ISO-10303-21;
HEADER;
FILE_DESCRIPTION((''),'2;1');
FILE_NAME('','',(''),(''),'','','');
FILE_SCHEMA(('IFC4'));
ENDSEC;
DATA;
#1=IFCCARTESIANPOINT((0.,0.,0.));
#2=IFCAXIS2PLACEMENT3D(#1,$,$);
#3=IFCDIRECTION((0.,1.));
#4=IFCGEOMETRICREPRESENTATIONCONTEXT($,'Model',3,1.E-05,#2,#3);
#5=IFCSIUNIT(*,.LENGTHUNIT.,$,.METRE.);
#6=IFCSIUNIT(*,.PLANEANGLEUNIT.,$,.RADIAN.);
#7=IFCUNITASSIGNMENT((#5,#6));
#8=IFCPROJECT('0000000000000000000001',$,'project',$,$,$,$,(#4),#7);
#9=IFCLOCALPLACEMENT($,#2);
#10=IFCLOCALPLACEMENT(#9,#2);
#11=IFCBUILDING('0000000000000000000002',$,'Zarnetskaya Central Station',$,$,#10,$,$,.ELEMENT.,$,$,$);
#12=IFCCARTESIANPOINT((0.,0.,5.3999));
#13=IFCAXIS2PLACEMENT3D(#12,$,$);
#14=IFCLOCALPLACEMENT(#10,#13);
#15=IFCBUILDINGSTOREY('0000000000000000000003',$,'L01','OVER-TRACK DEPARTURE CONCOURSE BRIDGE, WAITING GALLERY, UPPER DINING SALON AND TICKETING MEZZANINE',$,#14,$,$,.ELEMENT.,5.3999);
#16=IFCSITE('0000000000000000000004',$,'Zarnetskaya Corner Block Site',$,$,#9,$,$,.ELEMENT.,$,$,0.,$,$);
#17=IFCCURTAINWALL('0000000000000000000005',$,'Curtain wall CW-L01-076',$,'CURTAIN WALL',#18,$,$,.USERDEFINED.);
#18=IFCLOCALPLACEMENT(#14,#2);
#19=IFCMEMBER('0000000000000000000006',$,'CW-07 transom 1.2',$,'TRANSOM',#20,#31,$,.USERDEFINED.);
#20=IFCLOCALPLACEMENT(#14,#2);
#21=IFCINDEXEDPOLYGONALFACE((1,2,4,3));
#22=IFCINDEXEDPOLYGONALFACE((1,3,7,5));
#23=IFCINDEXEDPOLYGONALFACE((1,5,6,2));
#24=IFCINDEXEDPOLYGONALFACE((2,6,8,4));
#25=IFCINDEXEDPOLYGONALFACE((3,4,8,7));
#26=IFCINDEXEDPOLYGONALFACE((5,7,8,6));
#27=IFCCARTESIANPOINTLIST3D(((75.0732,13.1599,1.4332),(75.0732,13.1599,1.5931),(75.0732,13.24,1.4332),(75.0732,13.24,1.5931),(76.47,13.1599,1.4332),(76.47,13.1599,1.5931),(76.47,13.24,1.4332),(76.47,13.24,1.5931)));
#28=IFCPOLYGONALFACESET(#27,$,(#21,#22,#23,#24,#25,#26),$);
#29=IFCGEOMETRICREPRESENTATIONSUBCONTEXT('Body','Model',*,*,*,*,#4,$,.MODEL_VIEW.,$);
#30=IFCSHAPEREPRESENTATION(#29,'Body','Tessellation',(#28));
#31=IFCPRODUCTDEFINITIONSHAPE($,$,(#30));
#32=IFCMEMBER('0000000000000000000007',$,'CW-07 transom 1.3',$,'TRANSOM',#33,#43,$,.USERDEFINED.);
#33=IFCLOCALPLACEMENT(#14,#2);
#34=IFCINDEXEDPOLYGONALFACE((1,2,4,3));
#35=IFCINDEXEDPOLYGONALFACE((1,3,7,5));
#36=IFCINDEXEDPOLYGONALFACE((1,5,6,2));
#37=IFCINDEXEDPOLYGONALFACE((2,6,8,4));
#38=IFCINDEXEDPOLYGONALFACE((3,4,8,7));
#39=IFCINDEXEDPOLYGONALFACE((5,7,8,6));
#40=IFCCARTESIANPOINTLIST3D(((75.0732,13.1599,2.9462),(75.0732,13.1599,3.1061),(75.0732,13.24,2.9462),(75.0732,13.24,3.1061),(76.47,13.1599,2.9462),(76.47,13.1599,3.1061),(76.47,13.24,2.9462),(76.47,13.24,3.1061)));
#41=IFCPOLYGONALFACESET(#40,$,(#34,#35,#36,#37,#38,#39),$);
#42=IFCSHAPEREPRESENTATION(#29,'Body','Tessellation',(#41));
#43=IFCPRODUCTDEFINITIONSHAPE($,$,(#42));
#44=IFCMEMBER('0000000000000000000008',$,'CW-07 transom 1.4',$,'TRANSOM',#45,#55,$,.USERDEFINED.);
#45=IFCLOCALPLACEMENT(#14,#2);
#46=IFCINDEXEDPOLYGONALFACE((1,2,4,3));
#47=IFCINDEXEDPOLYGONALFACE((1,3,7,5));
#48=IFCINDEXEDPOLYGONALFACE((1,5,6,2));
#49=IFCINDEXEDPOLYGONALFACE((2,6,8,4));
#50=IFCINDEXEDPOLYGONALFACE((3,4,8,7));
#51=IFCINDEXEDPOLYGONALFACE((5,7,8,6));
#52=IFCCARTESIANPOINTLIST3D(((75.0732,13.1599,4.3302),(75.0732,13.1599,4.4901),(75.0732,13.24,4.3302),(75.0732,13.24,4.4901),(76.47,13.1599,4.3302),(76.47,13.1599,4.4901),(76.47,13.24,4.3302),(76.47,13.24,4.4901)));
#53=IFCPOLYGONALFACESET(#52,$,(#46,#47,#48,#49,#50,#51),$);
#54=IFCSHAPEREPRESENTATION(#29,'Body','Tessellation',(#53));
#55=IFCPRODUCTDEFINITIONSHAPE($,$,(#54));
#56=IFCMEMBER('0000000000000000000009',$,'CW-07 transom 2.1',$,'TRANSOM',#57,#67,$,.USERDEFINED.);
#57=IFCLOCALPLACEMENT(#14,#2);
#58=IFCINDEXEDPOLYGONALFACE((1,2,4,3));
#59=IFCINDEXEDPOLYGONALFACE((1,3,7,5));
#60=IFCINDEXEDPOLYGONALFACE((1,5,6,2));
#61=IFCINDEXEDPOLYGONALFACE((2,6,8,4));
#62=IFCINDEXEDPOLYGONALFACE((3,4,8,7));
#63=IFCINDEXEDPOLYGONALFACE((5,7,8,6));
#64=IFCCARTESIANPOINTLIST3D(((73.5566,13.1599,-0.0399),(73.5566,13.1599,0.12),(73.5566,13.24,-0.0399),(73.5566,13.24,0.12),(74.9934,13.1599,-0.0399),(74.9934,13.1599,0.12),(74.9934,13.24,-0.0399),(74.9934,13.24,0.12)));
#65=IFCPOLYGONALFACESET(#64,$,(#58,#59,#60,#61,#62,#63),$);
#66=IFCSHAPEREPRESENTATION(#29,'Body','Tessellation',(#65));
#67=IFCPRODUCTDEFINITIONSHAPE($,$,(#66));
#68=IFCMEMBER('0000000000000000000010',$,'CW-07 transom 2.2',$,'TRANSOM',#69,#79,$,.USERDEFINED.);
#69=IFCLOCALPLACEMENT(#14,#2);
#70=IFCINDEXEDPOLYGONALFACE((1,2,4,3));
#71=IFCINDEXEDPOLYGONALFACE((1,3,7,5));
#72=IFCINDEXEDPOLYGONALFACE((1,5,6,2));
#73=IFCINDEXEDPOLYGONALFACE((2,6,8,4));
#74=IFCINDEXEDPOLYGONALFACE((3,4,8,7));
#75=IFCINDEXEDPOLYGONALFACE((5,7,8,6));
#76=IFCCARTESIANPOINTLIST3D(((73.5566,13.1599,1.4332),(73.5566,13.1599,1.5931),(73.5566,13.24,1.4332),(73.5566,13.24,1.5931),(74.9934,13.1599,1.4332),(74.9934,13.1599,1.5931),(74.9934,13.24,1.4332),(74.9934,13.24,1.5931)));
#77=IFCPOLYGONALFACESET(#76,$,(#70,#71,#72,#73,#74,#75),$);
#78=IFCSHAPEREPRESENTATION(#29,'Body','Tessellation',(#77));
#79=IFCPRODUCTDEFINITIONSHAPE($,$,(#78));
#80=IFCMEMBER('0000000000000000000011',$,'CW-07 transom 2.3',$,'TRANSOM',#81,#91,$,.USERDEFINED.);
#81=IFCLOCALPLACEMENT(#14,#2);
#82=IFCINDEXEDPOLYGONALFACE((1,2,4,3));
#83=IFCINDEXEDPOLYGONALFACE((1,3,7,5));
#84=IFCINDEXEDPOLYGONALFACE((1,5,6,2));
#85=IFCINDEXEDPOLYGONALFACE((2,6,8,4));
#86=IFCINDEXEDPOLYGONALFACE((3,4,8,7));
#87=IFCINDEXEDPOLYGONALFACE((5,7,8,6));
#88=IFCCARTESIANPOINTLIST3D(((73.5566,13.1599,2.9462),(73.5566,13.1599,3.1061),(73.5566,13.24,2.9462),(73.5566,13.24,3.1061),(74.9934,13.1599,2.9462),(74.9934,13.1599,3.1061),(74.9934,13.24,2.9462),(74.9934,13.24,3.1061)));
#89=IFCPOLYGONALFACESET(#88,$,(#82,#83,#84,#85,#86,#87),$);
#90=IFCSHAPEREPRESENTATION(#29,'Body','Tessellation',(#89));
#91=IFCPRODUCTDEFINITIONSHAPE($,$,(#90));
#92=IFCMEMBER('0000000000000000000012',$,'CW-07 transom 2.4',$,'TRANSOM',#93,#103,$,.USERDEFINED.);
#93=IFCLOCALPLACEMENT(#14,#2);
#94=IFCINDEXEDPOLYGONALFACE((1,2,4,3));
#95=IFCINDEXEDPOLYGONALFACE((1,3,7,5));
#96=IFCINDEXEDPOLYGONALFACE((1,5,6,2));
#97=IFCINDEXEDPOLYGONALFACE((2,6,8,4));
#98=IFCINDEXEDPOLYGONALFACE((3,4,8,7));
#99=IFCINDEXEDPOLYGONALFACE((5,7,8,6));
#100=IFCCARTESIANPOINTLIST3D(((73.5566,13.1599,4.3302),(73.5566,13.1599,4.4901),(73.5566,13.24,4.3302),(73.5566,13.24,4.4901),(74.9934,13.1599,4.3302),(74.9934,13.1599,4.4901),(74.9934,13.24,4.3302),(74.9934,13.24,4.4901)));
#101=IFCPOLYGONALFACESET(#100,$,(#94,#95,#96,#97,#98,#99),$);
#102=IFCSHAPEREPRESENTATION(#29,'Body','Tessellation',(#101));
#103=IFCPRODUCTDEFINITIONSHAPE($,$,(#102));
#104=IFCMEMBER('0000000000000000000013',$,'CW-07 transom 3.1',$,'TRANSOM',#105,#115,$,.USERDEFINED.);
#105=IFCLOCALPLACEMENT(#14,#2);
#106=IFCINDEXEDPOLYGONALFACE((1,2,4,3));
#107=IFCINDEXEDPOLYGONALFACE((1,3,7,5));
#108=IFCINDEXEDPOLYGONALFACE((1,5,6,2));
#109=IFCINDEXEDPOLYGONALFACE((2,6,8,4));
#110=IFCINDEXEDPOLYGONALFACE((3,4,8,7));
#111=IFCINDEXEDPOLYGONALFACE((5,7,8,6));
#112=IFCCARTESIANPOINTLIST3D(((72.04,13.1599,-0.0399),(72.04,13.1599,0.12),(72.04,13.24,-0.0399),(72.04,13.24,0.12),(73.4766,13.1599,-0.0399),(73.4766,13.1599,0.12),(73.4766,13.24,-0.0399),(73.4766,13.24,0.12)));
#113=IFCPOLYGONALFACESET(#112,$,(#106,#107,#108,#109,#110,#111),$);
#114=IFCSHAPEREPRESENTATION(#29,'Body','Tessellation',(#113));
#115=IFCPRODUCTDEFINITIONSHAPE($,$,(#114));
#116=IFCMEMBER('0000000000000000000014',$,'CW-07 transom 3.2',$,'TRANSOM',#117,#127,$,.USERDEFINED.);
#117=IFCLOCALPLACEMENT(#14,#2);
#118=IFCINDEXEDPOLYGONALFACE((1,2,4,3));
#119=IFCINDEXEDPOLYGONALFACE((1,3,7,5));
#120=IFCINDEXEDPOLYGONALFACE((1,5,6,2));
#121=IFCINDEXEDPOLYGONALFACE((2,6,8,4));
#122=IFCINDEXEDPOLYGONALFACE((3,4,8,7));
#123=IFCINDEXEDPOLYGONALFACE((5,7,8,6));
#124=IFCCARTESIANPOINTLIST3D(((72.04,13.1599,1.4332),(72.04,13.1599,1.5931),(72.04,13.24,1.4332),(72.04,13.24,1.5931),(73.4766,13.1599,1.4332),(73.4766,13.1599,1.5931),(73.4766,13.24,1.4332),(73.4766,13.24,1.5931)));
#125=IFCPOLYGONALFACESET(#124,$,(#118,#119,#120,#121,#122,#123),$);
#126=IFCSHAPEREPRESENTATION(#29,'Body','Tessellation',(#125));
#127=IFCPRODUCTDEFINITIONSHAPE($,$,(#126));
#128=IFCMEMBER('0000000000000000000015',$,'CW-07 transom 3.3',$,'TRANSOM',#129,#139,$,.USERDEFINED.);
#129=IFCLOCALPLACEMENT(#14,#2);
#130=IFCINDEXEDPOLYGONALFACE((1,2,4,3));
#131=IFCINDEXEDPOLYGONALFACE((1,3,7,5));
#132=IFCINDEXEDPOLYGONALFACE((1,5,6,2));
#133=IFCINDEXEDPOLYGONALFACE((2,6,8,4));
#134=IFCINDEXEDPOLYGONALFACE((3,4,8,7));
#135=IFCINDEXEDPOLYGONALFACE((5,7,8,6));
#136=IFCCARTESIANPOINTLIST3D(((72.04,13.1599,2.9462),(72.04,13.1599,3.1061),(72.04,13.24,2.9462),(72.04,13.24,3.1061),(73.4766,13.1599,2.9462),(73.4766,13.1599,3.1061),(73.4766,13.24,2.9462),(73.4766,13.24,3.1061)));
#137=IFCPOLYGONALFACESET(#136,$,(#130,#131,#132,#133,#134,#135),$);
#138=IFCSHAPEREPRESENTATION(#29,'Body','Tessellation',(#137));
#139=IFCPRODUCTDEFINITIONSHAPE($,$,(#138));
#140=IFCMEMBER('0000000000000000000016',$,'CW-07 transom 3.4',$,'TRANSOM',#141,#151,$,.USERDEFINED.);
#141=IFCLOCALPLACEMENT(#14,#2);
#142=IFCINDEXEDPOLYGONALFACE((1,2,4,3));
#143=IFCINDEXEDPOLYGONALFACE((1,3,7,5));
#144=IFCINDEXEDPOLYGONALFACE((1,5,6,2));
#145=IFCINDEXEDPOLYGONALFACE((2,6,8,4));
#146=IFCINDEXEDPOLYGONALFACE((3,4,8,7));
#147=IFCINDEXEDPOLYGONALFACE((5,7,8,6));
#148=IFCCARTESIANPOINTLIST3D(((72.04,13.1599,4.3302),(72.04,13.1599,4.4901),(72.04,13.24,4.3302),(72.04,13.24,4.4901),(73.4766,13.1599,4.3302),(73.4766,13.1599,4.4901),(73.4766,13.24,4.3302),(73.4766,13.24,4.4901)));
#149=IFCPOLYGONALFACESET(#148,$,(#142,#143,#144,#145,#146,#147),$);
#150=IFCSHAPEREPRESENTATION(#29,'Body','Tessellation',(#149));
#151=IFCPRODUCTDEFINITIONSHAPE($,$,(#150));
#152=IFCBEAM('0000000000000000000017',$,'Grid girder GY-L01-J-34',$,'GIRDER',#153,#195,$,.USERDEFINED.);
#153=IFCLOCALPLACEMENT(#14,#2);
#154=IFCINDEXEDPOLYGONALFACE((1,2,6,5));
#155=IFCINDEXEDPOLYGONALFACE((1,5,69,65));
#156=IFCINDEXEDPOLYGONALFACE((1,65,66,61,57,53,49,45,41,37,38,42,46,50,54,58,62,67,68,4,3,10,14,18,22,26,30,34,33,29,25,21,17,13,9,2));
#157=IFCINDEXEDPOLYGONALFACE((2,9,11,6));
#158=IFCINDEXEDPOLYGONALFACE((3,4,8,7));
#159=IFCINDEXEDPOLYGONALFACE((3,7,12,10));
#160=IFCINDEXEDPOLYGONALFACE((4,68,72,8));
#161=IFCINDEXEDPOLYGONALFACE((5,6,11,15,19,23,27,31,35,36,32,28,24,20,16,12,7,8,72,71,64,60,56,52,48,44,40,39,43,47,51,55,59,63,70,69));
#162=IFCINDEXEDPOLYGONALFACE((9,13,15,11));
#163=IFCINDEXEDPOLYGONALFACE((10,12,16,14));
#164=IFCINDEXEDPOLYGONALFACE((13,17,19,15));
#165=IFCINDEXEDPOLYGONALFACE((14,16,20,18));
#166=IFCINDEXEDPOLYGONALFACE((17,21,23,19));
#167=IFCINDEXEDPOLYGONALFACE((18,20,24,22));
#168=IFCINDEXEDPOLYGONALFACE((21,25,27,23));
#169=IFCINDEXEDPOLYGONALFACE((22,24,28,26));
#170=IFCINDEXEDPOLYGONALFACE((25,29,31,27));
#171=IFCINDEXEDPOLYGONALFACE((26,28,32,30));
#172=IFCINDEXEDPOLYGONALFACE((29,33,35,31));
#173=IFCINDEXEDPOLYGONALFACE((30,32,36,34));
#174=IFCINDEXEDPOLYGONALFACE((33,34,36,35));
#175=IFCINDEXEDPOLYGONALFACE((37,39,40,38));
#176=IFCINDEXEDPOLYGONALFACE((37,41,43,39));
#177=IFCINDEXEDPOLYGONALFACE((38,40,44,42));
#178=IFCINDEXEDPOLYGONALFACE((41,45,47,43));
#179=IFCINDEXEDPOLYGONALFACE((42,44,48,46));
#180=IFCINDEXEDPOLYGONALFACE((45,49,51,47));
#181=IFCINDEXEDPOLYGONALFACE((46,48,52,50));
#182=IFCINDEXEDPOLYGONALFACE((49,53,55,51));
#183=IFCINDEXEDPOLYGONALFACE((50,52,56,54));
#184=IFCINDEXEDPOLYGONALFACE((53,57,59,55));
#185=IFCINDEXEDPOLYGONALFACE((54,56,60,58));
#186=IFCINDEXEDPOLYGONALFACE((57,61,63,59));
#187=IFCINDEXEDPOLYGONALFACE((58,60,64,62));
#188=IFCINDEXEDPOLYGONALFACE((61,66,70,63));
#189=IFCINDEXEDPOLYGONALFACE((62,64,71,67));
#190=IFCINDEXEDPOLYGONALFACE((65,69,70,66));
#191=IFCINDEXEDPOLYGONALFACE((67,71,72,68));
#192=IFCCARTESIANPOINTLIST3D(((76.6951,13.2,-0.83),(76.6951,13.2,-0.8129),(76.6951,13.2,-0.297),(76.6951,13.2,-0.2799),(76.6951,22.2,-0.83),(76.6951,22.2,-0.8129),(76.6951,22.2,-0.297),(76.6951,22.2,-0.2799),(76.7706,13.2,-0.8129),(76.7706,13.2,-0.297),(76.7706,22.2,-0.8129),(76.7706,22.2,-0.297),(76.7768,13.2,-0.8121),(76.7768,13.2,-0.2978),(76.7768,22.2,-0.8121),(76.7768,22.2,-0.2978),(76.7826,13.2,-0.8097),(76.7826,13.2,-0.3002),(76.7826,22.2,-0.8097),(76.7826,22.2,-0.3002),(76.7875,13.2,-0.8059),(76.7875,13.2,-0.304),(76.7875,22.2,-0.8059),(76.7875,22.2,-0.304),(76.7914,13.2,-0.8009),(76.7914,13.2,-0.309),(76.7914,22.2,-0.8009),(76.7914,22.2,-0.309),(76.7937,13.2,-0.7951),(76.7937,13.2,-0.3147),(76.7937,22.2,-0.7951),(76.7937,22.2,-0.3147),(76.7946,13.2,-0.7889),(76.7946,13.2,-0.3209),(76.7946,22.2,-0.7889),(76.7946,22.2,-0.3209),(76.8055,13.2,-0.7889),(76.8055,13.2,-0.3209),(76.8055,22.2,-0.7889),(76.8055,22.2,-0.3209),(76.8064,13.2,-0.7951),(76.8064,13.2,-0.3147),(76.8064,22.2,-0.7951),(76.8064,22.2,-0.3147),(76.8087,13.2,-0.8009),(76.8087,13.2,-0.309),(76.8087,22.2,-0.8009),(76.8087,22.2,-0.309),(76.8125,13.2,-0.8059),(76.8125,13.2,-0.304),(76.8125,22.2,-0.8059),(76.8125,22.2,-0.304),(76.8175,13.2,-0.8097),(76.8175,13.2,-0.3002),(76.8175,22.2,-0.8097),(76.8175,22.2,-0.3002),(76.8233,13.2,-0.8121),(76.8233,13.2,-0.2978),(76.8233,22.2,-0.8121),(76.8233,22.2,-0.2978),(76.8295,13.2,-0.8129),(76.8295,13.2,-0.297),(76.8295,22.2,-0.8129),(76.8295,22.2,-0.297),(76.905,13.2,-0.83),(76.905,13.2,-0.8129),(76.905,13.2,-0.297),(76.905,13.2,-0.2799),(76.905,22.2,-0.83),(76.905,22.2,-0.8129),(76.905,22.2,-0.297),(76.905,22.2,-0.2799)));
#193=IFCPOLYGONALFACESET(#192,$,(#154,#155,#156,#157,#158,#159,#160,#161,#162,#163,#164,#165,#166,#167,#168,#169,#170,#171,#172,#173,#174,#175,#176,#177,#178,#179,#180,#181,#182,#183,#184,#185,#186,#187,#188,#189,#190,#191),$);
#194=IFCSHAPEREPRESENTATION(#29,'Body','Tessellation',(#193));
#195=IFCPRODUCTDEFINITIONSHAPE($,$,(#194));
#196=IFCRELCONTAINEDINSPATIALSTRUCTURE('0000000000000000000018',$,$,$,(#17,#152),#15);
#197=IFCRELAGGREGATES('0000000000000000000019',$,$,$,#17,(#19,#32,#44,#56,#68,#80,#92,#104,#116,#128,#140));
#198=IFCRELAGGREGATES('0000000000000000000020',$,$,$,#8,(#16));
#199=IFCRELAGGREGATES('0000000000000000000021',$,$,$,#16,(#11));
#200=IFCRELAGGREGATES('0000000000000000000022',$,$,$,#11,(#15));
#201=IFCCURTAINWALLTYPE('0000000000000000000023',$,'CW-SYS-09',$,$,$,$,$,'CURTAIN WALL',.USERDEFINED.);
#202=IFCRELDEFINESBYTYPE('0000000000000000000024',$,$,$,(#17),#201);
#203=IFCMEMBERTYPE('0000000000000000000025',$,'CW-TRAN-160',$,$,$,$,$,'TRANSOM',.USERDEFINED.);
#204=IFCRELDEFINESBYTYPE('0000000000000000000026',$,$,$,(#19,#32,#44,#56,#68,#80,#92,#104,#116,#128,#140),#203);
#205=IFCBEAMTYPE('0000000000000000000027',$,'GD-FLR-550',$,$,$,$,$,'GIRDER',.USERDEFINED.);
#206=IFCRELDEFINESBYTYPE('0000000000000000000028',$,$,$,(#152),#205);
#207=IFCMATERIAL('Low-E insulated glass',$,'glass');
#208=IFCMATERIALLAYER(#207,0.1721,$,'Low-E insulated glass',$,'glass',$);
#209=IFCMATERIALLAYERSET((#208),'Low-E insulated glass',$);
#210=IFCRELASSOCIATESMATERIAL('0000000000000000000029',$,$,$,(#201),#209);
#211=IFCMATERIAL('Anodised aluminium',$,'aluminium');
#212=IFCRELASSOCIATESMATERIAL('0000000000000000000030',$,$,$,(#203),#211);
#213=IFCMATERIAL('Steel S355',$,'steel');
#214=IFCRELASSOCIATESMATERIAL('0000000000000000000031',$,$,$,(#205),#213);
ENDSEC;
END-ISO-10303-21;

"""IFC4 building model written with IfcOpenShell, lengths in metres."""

from ifc_helpers import new_model, si_unit, direction, frame, origin, origin_2d, place, context, subcontext, project, spatial, rectangle, i_section, extrude, material, layer, layer_set, material_profile, profile_set, type_object, element, aggregate, save


model = new_model("IFC4")

# Units and contexts
model_context = context("Model", 3, precision=1e-05, world=origin(), true_north=direction((0.0, 1.0)))
body_context = subcontext(model_context, "Body", "Model", "MODEL_VIEW")
ifc_project = project(units=[si_unit("LENGTHUNIT", "METRE"), si_unit("PLANEANGLEUNIT", "RADIAN")], contexts=[model_context])

# Site, building, storey
site_placement = place(None, origin())
site = spatial("IfcSite", under=ifc_project, at=site_placement, Name="Zarnetskaya Corner Block Site", CompositionType="ELEMENT", RefElevation=0.0)
building_placement = place(site_placement, origin())
building = spatial("IfcBuilding", under=site, at=building_placement, Name="Zarnetskaya Central Station", CompositionType="ELEMENT")
storey_placement = place(building_placement, frame((0.0, 0.0, 5.3999)))
storey = spatial("IfcBuildingStorey", under=building, at=storey_placement, Name="L01", Description="OVER-TRACK DEPARTURE CONCOURSE BRIDGE, WAITING GALLERY, UPPER DINING SALON AND TICKETING MEZZANINE", CompositionType="ELEMENT", Elevation=5.3999)

# Shared definitions
ifc_material_1 = material(Name="Steel S355", Category="steel")

# Curtain wall, members
ifc_material_2 = material(Name="Low-E insulated glass", Category="glass")
ifc_layer_1 = layer(ifc_material_2, 0.1721, Name="Low-E insulated glass", Category="glass")
ifc_layer_set_1 = layer_set([ifc_layer_1], Name="Low-E insulated glass")
curtain_wall_type = type_object("IfcCurtainWallType", Name="CW-SYS-09", ElementType="CURTAIN WALL", PredefinedType="USERDEFINED", material=ifc_layer_set_1)
curtain_wall_placement = place(storey_placement, origin())
curtain_wall = element("IfcCurtainWall", 1, at=curtain_wall_placement, inside=storey, type_object=curtain_wall_type, Name="Curtain wall CW-L01-076", ObjectType="CURTAIN WALL", PredefinedType="USERDEFINED")
ifc_material_3 = material(Name="Anodised aluminium", Category="aluminium")
ifc_material_profile_1 = material_profile(ifc_material_3, rectangle(XDim=0.0801, YDim=0.1599, at=origin_2d()), Name="ALU TRAN 80x160")
ifc_profile_set_1 = profile_set([ifc_material_profile_1], Name="Anodised aluminium")
member_type_1 = type_object("IfcMemberType", Name="CW-TRAN-160", ElementType="TRANSOM", PredefinedType="USERDEFINED", material=ifc_profile_set_1)
member_1_placement = place(storey_placement, frame((76.47, 13.2, 1.5132), z_axis=(-1.0, 0.0, 0.0), x_axis=(0.0, -1.0, 0.0)))
member_1 = element("IfcMember", 2, at=member_1_placement, type_object=member_type_1, Name="CW-07 transom 1.2", ObjectType="TRANSOM", PredefinedType="USERDEFINED", context=body_context, shape_type="SweptSolid", body=[
    extrude(rectangle(XDim=0.0801, YDim=0.1599, at=origin_2d()), origin(), (0.0, 0.0, 1.0), 1.3967),
])
member_2_placement = place(storey_placement, frame((76.47, 13.2, 3.0261), z_axis=(-1.0, 0.0, 0.0), x_axis=(0.0, -1.0, 0.0)))
member_2 = element("IfcMember", 3, at=member_2_placement, type_object=member_type_1, Name="CW-07 transom 1.3", ObjectType="TRANSOM", PredefinedType="USERDEFINED", context=body_context, shape_type="SweptSolid", body=[
    extrude(rectangle(XDim=0.0801, YDim=0.1599, at=origin_2d()), origin(), (0.0, 0.0, 1.0), 1.3967),
])
member_3_placement = place(storey_placement, frame((76.47, 13.2, 4.4102), z_axis=(-1.0, 0.0, 0.0), x_axis=(0.0, -1.0, 0.0)))
member_3 = element("IfcMember", 4, at=member_3_placement, type_object=member_type_1, Name="CW-07 transom 1.4", ObjectType="TRANSOM", PredefinedType="USERDEFINED", context=body_context, shape_type="SweptSolid", body=[
    extrude(rectangle(XDim=0.0801, YDim=0.1599, at=origin_2d()), origin(), (0.0, 0.0, 1.0), 1.3967),
])
member_4_placement = place(storey_placement, frame((74.9934, 13.2, 0.04), z_axis=(-1.0, 0.0, 0.0), x_axis=(0.0, -1.0, 0.0)))
member_4 = element("IfcMember", 5, at=member_4_placement, type_object=member_type_1, Name="CW-07 transom 2.1", ObjectType="TRANSOM", PredefinedType="USERDEFINED", context=body_context, shape_type="SweptSolid", body=[
    extrude(rectangle(XDim=0.0801, YDim=0.1599, at=origin_2d()), origin(), (0.0, 0.0, 1.0), 1.4368),
])
member_5_placement = place(storey_placement, frame((74.9934, 13.2, 1.5132), z_axis=(-1.0, 0.0, 0.0), x_axis=(0.0, -1.0, 0.0)))
member_5 = element("IfcMember", 6, at=member_5_placement, type_object=member_type_1, Name="CW-07 transom 2.2", ObjectType="TRANSOM", PredefinedType="USERDEFINED", context=body_context, shape_type="SweptSolid", body=[
    extrude(rectangle(XDim=0.0801, YDim=0.1599, at=origin_2d()), origin(), (0.0, 0.0, 1.0), 1.4368),
])
member_6_placement = place(storey_placement, frame((74.9934, 13.2, 3.0261), z_axis=(-1.0, 0.0, 0.0), x_axis=(0.0, -1.0, 0.0)))
member_6 = element("IfcMember", 7, at=member_6_placement, type_object=member_type_1, Name="CW-07 transom 2.3", ObjectType="TRANSOM", PredefinedType="USERDEFINED", context=body_context, shape_type="SweptSolid", body=[
    extrude(rectangle(XDim=0.0801, YDim=0.1599, at=origin_2d()), origin(), (0.0, 0.0, 1.0), 1.4368),
])
member_7_placement = place(storey_placement, frame((74.9934, 13.2, 4.4102), z_axis=(-1.0, 0.0, 0.0), x_axis=(0.0, -1.0, 0.0)))
member_7 = element("IfcMember", 8, at=member_7_placement, type_object=member_type_1, Name="CW-07 transom 2.4", ObjectType="TRANSOM", PredefinedType="USERDEFINED", context=body_context, shape_type="SweptSolid", body=[
    extrude(rectangle(XDim=0.0801, YDim=0.1599, at=origin_2d()), origin(), (0.0, 0.0, 1.0), 1.4368),
])
member_8_placement = place(storey_placement, frame((73.4766, 13.2, 0.04), z_axis=(-1.0, 0.0, 0.0), x_axis=(0.0, -1.0, 0.0)))
member_8 = element("IfcMember", 9, at=member_8_placement, type_object=member_type_1, Name="CW-07 transom 3.1", ObjectType="TRANSOM", PredefinedType="USERDEFINED", context=body_context, shape_type="SweptSolid", body=[
    extrude(rectangle(XDim=0.0801, YDim=0.1599, at=origin_2d()), origin(), (0.0, 0.0, 1.0), 1.4365),
])
member_9_placement = place(storey_placement, frame((73.4766, 13.2, 1.5132), z_axis=(-1.0, 0.0, 0.0), x_axis=(0.0, -1.0, 0.0)))
member_9 = element("IfcMember", 10, at=member_9_placement, type_object=member_type_1, Name="CW-07 transom 3.2", ObjectType="TRANSOM", PredefinedType="USERDEFINED", context=body_context, shape_type="SweptSolid", body=[
    extrude(rectangle(XDim=0.0801, YDim=0.1599, at=origin_2d()), origin(), (0.0, 0.0, 1.0), 1.4365),
])
member_10_placement = place(storey_placement, frame((73.4766, 13.2, 3.0261), z_axis=(-1.0, 0.0, 0.0), x_axis=(0.0, -1.0, 0.0)))
member_10 = element("IfcMember", 11, at=member_10_placement, type_object=member_type_1, Name="CW-07 transom 3.3", ObjectType="TRANSOM", PredefinedType="USERDEFINED", context=body_context, shape_type="SweptSolid", body=[
    extrude(rectangle(XDim=0.0801, YDim=0.1599, at=origin_2d()), origin(), (0.0, 0.0, 1.0), 1.4365),
])
member_11_placement = place(storey_placement, frame((73.4766, 13.2, 4.4102), z_axis=(-1.0, 0.0, 0.0), x_axis=(0.0, -1.0, 0.0)))
member_11 = element("IfcMember", 12, at=member_11_placement, type_object=member_type_1, Name="CW-07 transom 3.4", ObjectType="TRANSOM", PredefinedType="USERDEFINED", context=body_context, shape_type="SweptSolid", body=[
    extrude(rectangle(XDim=0.0801, YDim=0.1599, at=origin_2d()), origin(), (0.0, 0.0, 1.0), 1.4365),
])

# Beam
ifc_material_profile_2 = material_profile(ifc_material_1, i_section(OverallWidth=0.21, OverallDepth=0.55, WebThickness=0.011, FlangeThickness=0.0171, FilletRadius=0.0239, at=origin_2d()), Name="IPE 550")
ifc_profile_set_2 = profile_set([ifc_material_profile_2], Name="Steel S355")
beam_type_1 = type_object("IfcBeamType", Name="GD-FLR-550", ElementType="GIRDER", PredefinedType="USERDEFINED", material=ifc_profile_set_2)
beam_1_placement = place(storey_placement, frame((76.8, 13.2, -0.5549), z_axis=(0.0, 1.0, 0.0), x_axis=(-1.0, 0.0, 0.0)))
element("IfcBeam", 13, at=beam_1_placement, inside=storey, type_object=beam_type_1, Name="Grid girder GY-L01-J-34", ObjectType="GIRDER", PredefinedType="USERDEFINED", context=body_context, shape_type="SweptSolid", body=[
    extrude(i_section(OverallWidth=0.21, OverallDepth=0.55, WebThickness=0.011, FlangeThickness=0.0171, FilletRadius=0.0239, at=origin_2d()), origin(), (0.0, 0.0, 1.0), 9.0),
])

aggregate(curtain_wall, [member_1, member_2, member_3, member_4, member_5, member_6, member_7, member_8, member_9, member_10, member_11])

save(model, "model.ifc")
